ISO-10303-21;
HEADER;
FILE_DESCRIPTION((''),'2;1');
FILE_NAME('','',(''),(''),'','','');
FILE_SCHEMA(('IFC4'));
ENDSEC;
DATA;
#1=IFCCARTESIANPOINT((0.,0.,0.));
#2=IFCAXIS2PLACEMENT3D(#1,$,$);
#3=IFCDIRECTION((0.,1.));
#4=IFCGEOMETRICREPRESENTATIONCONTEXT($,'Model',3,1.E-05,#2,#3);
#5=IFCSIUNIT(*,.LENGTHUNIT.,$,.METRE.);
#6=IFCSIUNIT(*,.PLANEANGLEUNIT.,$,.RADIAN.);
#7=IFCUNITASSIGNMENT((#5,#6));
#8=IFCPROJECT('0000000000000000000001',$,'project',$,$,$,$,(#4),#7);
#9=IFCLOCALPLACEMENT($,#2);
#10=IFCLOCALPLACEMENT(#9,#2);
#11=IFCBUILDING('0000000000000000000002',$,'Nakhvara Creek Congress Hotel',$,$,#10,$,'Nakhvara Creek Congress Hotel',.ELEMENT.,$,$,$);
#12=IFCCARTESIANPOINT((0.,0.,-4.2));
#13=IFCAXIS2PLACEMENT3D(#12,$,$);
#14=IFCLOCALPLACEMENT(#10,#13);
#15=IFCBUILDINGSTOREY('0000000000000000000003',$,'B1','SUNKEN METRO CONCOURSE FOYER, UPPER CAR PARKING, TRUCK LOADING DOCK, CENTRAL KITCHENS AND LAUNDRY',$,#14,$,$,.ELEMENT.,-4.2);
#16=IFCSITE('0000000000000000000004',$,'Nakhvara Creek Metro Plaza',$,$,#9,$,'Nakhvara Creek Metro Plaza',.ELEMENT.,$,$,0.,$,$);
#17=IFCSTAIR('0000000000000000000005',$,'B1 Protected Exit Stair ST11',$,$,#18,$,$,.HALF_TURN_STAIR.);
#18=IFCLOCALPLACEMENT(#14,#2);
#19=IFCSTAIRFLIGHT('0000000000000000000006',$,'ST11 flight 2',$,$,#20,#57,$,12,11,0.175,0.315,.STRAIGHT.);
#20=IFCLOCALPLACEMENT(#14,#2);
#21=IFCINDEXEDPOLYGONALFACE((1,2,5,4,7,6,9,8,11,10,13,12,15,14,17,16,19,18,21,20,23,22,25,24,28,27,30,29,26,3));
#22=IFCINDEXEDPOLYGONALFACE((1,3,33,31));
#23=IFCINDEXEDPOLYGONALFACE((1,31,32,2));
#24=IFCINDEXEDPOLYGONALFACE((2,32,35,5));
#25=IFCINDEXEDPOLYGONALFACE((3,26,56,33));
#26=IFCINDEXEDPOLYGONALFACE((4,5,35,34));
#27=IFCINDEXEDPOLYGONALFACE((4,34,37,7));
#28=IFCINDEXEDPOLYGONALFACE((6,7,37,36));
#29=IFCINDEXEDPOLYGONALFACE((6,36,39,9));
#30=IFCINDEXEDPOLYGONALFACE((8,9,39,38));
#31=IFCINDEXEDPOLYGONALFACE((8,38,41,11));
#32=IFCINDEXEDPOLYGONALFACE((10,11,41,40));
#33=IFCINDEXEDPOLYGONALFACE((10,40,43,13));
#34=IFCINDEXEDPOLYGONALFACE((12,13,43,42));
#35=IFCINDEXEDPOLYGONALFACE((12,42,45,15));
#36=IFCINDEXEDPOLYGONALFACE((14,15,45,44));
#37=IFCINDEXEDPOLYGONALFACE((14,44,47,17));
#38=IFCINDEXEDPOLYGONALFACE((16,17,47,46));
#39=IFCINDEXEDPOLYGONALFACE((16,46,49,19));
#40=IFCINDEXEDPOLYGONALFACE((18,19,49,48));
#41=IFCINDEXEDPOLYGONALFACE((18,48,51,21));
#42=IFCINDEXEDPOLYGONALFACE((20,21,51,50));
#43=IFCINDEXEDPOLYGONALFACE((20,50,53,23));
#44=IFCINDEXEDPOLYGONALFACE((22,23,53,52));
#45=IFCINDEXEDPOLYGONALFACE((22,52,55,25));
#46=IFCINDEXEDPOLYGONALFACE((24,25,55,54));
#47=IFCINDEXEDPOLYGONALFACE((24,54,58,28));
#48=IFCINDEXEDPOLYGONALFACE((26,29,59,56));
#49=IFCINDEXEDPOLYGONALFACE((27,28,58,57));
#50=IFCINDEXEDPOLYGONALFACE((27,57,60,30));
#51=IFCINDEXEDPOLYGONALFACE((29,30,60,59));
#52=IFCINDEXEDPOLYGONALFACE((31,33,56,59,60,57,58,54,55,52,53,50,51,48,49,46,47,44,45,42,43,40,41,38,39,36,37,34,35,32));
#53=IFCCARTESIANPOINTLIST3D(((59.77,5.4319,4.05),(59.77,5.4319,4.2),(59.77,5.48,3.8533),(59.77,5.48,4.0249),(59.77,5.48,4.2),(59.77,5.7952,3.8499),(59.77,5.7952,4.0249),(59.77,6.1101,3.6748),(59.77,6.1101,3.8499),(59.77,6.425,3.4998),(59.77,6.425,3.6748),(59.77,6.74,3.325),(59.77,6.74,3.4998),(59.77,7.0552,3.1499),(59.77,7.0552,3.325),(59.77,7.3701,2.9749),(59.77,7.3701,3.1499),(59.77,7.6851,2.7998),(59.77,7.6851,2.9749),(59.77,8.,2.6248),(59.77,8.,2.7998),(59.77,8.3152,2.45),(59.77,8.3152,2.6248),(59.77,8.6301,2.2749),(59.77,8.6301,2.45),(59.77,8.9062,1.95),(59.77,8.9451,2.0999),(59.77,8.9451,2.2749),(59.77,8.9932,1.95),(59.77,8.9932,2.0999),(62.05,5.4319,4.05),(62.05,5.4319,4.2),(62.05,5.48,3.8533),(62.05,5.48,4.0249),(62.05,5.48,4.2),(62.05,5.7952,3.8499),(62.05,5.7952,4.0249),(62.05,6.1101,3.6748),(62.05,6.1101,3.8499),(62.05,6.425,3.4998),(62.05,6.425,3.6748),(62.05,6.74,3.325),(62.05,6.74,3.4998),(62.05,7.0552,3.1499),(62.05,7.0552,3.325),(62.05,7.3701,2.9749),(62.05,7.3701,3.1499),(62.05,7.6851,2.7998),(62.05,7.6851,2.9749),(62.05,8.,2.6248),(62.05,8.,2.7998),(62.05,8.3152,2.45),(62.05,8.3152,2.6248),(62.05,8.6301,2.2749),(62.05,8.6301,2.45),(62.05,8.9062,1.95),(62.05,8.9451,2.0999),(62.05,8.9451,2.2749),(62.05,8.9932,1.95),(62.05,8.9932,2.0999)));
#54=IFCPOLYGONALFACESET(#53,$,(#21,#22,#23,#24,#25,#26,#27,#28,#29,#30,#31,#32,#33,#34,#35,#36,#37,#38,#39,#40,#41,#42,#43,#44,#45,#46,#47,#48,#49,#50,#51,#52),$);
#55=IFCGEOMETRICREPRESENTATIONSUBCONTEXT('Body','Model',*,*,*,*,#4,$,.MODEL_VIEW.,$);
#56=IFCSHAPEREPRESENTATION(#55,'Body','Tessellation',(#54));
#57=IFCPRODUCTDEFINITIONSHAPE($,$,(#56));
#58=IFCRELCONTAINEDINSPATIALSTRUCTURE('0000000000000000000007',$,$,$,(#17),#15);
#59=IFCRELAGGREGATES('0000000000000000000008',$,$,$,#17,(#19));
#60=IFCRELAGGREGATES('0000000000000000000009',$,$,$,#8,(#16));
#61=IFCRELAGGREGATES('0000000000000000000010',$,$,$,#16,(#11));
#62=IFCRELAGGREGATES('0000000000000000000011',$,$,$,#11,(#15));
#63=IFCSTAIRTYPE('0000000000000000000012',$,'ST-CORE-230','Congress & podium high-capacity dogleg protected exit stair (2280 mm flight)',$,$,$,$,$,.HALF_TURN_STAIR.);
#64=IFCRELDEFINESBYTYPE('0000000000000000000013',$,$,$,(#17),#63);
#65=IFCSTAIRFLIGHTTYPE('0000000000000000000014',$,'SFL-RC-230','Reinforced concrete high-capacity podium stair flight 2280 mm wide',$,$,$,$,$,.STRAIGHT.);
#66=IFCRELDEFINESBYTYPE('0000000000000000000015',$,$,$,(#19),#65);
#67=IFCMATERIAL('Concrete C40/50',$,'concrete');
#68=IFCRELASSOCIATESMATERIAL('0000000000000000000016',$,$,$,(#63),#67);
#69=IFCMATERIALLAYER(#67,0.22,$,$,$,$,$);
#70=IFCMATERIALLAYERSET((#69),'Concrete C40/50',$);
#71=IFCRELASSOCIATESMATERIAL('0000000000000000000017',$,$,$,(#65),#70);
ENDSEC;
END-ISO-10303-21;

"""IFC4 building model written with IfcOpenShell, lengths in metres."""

from ifc_helpers import new_model, si_unit, direction, frame, origin, place, context, subcontext, project, spatial, polyline, outline, extrude, material, layer, layer_set, type_object, element, aggregate, save


model = new_model("IFC4")

# Units and contexts
model_context = context("Model", 3, precision=1e-05, world=origin(), true_north=direction((0.0, 1.0)))
body_context = subcontext(model_context, "Body", "Model", "MODEL_VIEW")
ifc_project = project(units=[si_unit("LENGTHUNIT", "METRE"), si_unit("PLANEANGLEUNIT", "RADIAN")], contexts=[model_context])

# Site, building, storey
site_placement = place(None, origin())
site = spatial("IfcSite", under=ifc_project, at=site_placement, Name="Nakhvara Creek Metro Plaza", LongName="Nakhvara Creek Metro Plaza", CompositionType="ELEMENT", RefElevation=0.0)
building_placement = place(site_placement, origin())
building = spatial("IfcBuilding", under=site, at=building_placement, Name="Nakhvara Creek Congress Hotel", LongName="Nakhvara Creek Congress Hotel", CompositionType="ELEMENT")
storey_placement = place(building_placement, frame((0.0, 0.0, -4.2)))
storey = spatial("IfcBuildingStorey", under=building, at=storey_placement, Name="B1", Description="SUNKEN METRO CONCOURSE FOYER, UPPER CAR PARKING, TRUCK LOADING DOCK, CENTRAL KITCHENS AND LAUNDRY", CompositionType="ELEMENT", Elevation=-4.2)

# Shared definitions
ifc_material_1 = material(Name="Concrete C40/50", Category="concrete")

# Stair, stair flight
stair_type = type_object("IfcStairType", Name="ST-CORE-230", Description="Congress & podium high-capacity dogleg protected exit stair (2280 mm flight)", PredefinedType="HALF_TURN_STAIR", material=ifc_material_1)
stair_placement = place(storey_placement, origin())
stair = element("IfcStair", 1, at=stair_placement, inside=storey, type_object=stair_type, Name="B1 Protected Exit Stair ST11", PredefinedType="HALF_TURN_STAIR")
ifc_layer_1 = layer(ifc_material_1, 0.22)
ifc_layer_set_1 = layer_set([ifc_layer_1], Name="Concrete C40/50")
stair_flight_type = type_object("IfcStairFlightType", Name="SFL-RC-230", Description="Reinforced concrete high-capacity podium stair flight 2280 mm wide", PredefinedType="STRAIGHT", material=ifc_layer_set_1)
stair_flight_1_placement = place(storey_placement, frame((60.9099, 8.9451, 2.0999), z_axis=(0.0, 0.0, 1.0), x_axis=(0.0, -1.0, 0.0)))
stair_flight_1 = element("IfcStairFlight", 2, at=stair_flight_1_placement, type_object=stair_flight_type, Name="ST11 flight 2", NumberOfRisers=12, NumberOfTreads=11, PredefinedType="STRAIGHT", RiserHeight=0.175, TreadLength=0.315, context=body_context, shape_type="SweptSolid", body=[
    extrude(outline(polyline([(-0.0481, 0.0), (0.0, 0.0), (0.0, 0.175), (0.3149, 0.175), (0.3149, 0.3501), (0.6299, 0.3501), (0.6299, 0.5249), (0.9451, 0.5249), (0.9451, 0.7), (1.26, 0.7), (1.26, 0.875), (1.575, 0.875), (1.575, 1.05), (1.8899, 1.05), (1.8899, 1.2251), (2.2051, 1.2251), (2.2051, 1.3999), (2.52, 1.3999), (2.52, 1.575), (2.835, 1.575), (2.835, 1.75), (3.1499, 1.75), (3.1499, 1.925), (3.4651, 1.925), (3.4651, 2.1001), (3.5132, 2.1001), (3.5132, 1.9502), (3.4651, 1.7534), (0.0388, -0.1499), (-0.0481, -0.1499), (-0.0481, 0.0)])), frame((0.0, 1.1401, 0.0), z_axis=(0.0, -1.0, 0.0), x_axis=(1.0, 0.0, 0.0)), (0.0, 0.0, 1.0), 2.28),
])
aggregate(stair, [stair_flight_1])

save(model, "model.ifc")
